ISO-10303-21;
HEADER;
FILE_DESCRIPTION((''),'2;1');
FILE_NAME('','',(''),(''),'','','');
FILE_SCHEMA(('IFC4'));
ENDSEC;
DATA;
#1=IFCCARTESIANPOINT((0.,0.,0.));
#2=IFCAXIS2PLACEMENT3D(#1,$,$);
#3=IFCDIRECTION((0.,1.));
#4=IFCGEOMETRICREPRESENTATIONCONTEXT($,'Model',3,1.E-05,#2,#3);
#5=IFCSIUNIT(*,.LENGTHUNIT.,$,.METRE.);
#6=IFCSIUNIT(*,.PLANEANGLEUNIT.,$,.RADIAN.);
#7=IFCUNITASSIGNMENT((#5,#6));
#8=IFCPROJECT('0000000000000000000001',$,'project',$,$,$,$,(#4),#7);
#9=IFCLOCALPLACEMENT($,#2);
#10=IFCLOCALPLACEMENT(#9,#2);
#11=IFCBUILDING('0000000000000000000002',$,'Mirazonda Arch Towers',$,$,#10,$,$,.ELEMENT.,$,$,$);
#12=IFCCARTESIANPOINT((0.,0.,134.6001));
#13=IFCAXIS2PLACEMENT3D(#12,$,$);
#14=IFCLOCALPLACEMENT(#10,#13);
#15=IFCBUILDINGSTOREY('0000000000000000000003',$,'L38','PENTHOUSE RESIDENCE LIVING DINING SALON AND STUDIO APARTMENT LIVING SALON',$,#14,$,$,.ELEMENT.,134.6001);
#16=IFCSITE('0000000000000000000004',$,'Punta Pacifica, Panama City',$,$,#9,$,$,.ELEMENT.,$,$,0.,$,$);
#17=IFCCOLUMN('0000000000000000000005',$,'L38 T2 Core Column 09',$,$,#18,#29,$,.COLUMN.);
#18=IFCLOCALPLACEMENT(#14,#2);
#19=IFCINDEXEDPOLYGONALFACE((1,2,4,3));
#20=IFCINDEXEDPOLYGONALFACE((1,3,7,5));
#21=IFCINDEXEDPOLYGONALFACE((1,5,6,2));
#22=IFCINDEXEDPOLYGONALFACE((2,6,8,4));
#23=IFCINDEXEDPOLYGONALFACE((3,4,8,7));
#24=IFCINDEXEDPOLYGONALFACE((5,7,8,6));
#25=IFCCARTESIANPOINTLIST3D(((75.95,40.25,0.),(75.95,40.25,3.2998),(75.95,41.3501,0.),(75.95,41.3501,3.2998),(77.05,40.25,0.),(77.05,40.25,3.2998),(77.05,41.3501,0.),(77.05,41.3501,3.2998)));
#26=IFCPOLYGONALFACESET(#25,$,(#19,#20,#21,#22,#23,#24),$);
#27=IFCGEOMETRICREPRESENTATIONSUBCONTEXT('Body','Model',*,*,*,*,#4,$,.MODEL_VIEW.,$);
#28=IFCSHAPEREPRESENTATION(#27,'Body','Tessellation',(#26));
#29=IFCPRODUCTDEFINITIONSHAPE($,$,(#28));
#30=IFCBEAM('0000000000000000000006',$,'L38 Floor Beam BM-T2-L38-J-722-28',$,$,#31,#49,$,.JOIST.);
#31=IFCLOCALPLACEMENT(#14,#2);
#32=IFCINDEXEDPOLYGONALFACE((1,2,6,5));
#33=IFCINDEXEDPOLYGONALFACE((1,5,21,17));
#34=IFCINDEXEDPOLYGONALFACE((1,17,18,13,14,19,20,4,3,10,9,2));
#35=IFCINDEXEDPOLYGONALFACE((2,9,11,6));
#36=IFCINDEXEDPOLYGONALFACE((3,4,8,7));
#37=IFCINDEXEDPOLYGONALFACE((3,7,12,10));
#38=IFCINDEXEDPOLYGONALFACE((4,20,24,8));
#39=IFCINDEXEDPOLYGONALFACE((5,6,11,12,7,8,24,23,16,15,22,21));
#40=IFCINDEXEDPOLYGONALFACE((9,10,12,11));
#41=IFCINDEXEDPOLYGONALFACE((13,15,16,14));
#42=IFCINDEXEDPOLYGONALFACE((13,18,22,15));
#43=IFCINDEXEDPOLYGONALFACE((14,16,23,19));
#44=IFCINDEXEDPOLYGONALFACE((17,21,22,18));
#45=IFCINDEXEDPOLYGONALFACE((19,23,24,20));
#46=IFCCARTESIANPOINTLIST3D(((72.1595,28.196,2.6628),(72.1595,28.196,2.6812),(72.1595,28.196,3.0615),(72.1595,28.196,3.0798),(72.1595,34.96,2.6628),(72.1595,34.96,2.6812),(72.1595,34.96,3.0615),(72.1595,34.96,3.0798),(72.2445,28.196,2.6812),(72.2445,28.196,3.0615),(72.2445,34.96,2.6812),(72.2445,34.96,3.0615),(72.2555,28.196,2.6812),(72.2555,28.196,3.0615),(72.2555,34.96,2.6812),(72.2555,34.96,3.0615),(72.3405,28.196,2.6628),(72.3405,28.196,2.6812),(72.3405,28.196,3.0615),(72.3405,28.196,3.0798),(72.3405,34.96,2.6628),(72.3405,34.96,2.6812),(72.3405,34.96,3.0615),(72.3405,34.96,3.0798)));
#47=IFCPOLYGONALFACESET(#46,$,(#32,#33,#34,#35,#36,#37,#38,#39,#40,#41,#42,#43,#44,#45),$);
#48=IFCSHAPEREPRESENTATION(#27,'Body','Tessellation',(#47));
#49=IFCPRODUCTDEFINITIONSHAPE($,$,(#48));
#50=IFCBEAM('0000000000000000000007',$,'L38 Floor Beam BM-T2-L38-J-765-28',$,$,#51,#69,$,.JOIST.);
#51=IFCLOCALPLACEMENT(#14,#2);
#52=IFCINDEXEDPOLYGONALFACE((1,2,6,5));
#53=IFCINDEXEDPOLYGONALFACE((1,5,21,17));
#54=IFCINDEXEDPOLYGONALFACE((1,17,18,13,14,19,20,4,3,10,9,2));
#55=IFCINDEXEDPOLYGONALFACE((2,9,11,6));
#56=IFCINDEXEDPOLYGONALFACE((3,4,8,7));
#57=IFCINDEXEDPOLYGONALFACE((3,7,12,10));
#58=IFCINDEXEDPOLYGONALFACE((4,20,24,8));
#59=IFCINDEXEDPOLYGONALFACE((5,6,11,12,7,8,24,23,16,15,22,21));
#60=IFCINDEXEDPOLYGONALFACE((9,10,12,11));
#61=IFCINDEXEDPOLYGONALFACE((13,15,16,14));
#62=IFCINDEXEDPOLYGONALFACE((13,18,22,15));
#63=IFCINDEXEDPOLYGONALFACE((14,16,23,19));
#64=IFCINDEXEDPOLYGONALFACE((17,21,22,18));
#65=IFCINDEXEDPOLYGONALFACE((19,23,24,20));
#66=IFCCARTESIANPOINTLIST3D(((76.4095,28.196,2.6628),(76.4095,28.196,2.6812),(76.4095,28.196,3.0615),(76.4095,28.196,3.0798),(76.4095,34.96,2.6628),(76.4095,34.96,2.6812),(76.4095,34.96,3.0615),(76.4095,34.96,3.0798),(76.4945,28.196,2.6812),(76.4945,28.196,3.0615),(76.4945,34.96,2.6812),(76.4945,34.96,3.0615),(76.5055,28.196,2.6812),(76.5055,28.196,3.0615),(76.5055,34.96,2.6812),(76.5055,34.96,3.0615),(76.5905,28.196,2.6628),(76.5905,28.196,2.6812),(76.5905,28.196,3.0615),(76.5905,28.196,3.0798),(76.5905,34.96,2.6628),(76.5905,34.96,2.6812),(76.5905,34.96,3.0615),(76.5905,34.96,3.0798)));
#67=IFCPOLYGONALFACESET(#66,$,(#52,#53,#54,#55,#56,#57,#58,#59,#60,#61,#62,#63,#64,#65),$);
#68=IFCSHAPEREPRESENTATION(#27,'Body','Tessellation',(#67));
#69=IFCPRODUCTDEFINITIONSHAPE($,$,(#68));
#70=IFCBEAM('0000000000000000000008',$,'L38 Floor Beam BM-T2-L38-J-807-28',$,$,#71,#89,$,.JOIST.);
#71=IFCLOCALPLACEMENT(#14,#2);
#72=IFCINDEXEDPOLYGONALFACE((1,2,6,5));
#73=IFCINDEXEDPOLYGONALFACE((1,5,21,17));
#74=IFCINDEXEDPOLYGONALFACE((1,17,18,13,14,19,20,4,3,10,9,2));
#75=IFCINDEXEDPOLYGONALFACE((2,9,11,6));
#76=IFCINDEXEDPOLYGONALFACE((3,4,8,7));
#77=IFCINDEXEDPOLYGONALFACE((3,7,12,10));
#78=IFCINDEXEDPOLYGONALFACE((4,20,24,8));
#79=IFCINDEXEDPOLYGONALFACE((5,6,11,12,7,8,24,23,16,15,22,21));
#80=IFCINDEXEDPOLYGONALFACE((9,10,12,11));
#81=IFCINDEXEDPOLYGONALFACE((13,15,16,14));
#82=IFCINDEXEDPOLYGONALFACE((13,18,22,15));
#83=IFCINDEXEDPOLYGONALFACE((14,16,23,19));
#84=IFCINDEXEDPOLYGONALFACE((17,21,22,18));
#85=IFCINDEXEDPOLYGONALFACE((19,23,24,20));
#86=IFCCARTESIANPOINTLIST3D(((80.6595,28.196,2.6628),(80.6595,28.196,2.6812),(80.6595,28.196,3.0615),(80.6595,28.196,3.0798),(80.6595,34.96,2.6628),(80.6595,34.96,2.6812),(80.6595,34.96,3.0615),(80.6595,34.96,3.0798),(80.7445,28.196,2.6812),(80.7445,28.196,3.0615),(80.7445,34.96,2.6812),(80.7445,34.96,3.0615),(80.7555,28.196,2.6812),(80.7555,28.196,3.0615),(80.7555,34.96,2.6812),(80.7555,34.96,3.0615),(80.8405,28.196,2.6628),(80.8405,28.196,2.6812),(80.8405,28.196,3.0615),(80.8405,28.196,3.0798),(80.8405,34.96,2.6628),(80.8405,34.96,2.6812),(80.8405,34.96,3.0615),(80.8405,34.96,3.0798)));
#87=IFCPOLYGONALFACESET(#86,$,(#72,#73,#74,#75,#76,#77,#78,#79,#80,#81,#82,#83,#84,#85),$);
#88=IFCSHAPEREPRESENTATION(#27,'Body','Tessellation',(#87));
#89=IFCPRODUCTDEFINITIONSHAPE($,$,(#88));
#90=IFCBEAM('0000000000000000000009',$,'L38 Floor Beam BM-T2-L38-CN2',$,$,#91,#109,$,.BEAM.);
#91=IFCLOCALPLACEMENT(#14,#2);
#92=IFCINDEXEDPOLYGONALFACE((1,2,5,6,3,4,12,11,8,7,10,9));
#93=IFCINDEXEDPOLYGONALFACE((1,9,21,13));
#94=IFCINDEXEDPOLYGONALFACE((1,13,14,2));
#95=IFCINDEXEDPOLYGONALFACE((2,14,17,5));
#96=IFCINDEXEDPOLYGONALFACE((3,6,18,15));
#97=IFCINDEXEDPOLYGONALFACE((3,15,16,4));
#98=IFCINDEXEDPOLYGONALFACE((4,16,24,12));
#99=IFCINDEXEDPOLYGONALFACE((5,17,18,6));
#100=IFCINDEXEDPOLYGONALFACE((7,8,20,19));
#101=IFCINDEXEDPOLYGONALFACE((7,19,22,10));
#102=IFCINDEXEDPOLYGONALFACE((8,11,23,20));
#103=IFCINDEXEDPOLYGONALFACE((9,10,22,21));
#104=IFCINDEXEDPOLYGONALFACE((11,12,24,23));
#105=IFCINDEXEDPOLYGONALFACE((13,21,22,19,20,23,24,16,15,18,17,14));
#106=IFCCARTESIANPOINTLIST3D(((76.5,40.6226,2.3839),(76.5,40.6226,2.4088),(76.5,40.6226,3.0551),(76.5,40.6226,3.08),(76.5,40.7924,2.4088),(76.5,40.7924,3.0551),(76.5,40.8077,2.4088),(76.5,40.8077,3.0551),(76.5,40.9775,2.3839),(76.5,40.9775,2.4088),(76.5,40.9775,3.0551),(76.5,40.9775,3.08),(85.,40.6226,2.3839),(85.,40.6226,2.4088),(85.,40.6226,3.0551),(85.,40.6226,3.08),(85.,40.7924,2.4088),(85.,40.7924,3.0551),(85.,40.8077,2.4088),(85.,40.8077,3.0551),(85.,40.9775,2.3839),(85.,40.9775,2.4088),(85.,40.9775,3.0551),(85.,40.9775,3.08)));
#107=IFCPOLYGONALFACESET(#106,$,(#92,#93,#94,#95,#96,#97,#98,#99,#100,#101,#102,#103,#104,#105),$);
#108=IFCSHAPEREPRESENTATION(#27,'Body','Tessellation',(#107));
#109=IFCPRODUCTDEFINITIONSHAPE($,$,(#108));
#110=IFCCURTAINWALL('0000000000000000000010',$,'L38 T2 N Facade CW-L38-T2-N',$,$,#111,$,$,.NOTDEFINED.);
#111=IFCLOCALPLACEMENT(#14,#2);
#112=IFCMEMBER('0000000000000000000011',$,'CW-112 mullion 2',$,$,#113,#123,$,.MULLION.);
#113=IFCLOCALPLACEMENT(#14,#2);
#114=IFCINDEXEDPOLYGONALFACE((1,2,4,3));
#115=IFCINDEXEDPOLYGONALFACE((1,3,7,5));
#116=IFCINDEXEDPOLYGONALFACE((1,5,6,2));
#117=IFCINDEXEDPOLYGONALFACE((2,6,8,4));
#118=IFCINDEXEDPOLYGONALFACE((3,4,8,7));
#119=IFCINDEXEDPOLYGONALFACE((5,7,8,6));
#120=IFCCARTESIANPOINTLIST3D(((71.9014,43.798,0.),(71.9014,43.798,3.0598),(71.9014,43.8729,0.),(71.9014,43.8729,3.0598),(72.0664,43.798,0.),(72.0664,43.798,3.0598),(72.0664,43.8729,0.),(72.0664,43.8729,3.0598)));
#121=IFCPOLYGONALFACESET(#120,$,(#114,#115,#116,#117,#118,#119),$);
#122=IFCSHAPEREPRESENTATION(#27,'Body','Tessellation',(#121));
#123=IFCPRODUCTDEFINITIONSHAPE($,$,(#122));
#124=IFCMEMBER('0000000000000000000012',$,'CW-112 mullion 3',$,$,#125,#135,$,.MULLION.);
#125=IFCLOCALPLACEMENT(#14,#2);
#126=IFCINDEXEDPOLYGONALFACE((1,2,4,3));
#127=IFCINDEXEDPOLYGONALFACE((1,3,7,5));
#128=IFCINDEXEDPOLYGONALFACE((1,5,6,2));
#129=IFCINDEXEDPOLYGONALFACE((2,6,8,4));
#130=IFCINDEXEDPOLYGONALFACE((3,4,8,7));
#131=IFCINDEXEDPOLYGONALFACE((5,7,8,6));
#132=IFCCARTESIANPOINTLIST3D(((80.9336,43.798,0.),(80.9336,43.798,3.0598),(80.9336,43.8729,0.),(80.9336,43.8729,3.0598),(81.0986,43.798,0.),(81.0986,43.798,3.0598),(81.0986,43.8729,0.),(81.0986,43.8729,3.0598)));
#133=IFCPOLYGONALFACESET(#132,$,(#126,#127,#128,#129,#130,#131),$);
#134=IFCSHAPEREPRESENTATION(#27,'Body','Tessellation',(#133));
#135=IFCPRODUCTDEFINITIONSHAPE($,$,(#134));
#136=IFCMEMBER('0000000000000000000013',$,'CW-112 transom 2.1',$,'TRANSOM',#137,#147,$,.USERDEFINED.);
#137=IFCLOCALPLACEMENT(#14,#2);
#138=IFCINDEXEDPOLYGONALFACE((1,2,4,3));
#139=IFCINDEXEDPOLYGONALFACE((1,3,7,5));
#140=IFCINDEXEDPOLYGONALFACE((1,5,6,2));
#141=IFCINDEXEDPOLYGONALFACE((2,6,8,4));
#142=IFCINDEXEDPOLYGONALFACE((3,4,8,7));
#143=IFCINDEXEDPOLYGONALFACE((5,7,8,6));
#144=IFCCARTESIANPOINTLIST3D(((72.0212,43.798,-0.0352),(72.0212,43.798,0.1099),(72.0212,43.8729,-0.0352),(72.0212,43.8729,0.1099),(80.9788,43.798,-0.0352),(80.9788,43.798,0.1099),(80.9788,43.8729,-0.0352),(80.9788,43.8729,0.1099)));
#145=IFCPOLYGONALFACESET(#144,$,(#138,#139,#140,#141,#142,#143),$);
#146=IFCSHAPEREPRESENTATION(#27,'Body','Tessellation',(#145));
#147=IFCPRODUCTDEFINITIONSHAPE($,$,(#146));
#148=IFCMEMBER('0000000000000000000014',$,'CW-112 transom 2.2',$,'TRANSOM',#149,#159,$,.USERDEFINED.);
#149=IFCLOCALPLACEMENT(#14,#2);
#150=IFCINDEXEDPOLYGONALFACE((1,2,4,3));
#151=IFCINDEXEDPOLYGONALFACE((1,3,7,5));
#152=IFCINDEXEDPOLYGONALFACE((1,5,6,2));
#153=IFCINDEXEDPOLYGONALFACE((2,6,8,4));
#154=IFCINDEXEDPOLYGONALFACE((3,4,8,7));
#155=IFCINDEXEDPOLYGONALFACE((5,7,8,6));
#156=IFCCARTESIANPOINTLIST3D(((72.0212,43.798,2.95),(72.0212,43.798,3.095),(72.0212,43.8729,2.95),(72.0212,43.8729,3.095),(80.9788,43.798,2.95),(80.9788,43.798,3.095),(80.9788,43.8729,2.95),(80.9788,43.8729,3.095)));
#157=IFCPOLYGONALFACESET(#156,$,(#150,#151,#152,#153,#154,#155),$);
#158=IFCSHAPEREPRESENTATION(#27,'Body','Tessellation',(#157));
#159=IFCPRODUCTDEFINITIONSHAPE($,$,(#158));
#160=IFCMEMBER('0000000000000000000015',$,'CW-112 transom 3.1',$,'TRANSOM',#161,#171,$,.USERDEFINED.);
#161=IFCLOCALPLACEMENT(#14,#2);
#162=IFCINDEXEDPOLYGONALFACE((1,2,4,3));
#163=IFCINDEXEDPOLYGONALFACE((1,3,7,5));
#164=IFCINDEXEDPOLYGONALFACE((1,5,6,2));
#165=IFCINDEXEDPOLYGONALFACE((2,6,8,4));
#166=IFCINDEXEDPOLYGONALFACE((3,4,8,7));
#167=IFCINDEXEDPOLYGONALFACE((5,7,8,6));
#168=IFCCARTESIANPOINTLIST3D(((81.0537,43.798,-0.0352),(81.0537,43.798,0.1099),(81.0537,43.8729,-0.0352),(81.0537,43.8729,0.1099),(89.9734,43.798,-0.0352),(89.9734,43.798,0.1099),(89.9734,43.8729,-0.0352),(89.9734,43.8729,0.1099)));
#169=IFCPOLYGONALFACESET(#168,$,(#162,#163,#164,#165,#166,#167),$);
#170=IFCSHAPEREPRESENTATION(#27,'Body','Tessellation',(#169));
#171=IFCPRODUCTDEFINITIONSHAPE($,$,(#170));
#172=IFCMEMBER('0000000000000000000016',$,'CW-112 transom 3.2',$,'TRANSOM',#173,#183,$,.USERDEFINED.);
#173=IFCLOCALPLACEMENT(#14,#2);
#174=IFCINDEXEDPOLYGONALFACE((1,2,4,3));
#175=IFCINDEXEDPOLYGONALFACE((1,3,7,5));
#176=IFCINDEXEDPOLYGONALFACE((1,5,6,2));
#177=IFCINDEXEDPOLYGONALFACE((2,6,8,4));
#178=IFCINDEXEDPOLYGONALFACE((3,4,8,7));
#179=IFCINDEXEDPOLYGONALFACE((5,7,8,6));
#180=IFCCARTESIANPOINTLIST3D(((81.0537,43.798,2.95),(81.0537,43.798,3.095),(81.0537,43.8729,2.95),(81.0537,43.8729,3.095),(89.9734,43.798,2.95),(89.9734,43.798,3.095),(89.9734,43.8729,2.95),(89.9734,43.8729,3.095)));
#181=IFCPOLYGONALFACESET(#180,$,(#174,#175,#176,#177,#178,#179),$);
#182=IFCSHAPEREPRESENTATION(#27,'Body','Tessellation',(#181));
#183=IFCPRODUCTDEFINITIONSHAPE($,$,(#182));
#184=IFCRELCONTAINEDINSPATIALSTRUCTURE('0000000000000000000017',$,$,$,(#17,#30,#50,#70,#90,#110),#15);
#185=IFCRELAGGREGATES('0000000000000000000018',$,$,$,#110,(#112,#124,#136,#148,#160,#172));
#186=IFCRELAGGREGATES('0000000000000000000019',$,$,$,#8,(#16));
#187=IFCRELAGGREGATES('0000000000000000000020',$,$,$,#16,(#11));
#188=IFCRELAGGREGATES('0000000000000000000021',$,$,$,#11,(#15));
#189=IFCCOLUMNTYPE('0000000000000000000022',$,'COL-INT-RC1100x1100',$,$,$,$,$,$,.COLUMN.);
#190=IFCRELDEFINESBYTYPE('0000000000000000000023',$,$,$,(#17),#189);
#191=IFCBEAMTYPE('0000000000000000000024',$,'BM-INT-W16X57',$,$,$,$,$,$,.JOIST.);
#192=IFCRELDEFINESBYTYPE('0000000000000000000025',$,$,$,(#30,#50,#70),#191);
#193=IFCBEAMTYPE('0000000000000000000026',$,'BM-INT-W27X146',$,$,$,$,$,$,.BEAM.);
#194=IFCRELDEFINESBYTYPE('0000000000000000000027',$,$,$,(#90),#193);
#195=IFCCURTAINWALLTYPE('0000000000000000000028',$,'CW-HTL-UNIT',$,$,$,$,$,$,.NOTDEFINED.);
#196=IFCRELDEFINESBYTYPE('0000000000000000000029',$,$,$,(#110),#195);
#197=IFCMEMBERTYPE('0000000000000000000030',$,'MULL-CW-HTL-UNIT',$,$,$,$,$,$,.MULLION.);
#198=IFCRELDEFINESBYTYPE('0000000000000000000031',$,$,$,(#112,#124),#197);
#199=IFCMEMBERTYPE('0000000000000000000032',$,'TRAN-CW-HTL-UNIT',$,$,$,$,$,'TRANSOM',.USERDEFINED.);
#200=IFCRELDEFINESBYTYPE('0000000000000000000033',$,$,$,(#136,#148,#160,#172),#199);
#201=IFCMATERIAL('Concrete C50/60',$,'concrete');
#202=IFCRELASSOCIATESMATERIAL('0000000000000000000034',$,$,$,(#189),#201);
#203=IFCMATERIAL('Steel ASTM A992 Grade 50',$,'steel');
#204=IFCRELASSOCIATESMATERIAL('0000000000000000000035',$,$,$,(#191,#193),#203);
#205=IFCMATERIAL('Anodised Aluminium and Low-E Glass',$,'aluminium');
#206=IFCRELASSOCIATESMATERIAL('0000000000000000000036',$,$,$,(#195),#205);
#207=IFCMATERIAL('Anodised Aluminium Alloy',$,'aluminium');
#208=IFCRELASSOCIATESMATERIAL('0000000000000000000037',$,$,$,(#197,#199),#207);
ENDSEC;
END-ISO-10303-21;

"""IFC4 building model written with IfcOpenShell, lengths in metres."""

from ifc_helpers import new_model, si_unit, direction, frame, origin, origin_2d, place, context, subcontext, project, spatial, rectangle, i_section, extrude, material, material_profile, profile_set, type_object, element, aggregate, save


model = new_model("IFC4")

# Units and contexts
model_context = context("Model", 3, precision=1e-05, world=origin(), true_north=direction((0.0, 1.0)))
body_context = subcontext(model_context, "Body", "Model", "MODEL_VIEW")
ifc_project = project(units=[si_unit("LENGTHUNIT", "METRE"), si_unit("PLANEANGLEUNIT", "RADIAN")], contexts=[model_context])

# Site, building, storey
site_placement = place(None, origin())
site = spatial("IfcSite", under=ifc_project, at=site_placement, Name="Punta Pacifica, Panama City", CompositionType="ELEMENT", RefElevation=0.0)
building_placement = place(site_placement, origin())
building = spatial("IfcBuilding", under=site, at=building_placement, Name="Mirazonda Arch Towers", CompositionType="ELEMENT")
storey_placement = place(building_placement, frame((0.0, 0.0, 134.6001)))
storey = spatial("IfcBuildingStorey", under=building, at=storey_placement, Name="L38", Description="PENTHOUSE RESIDENCE LIVING DINING SALON AND STUDIO APARTMENT LIVING SALON", CompositionType="ELEMENT", Elevation=134.6001)

# Column
ifc_material_1 = material(Name="Concrete C50/60", Category="concrete")
ifc_material_profile_1 = material_profile(ifc_material_1, rectangle(XDim=1.1001, YDim=1.1001, at=origin_2d()), Name="RC1100x1100")
ifc_profile_set_1 = profile_set([ifc_material_profile_1], Name="Concrete C50/60")
column_type = type_object("IfcColumnType", Name="COL-INT-RC1100x1100", PredefinedType="COLUMN", material=ifc_profile_set_1)
column_placement = place(storey_placement, frame((76.5, 40.8, 0.0), z_axis=(0.0, 0.0, 1.0), x_axis=(1.0, 0.0, 0.0)))
element("IfcColumn", 1, at=column_placement, inside=storey, type_object=column_type, Name="L38 T2 Core Column 09", PredefinedType="COLUMN", context=body_context, shape_type="SweptSolid", body=[
    extrude(rectangle(XDim=1.1001, YDim=1.1001, at=origin_2d()), origin(), (0.0, 0.0, 1.0), 3.2998),
])

# Beams
ifc_material_2 = material(Name="Steel ASTM A992 Grade 50", Category="steel")
ifc_material_profile_2 = material_profile(ifc_material_2, i_section(OverallWidth=0.1809, OverallDepth=0.417, WebThickness=0.011, FlangeThickness=0.0183, at=origin_2d()), Name="W16X57")
ifc_profile_set_2 = profile_set([ifc_material_profile_2], Name="Steel ASTM A992 Grade 50")
beam_type_1 = type_object("IfcBeamType", Name="BM-INT-W16X57", PredefinedType="JOIST", material=ifc_profile_set_2)
for number, where, z_axis, x_axis, name in (
    (2, (72.25, 28.196, 2.8713), (0.0, 1.0, 0.0), (-1.0, 0.0, 0.0), "L38 Floor Beam BM-T2-L38-J-722-28"),
    (3, (76.5, 28.196, 2.8713), (0.0, 1.0, 0.0), (-1.0, 0.0, 0.0), "L38 Floor Beam BM-T2-L38-J-765-28"),
    (4, (80.75, 28.196, 2.8713), (0.0, 1.0, 0.0), (-1.0, 0.0, 0.0), "L38 Floor Beam BM-T2-L38-J-807-28"),
):
    element("IfcBeam", number, at=place(storey_placement, frame(where, z_axis=z_axis, x_axis=x_axis)), inside=storey, type_object=beam_type_1, Name=name, PredefinedType="JOIST", context=body_context, shape_type="SweptSolid", body=[
        extrude(i_section(OverallWidth=0.1809, OverallDepth=0.417, WebThickness=0.011, FlangeThickness=0.0183, at=origin_2d()), origin(), (0.0, 0.0, 1.0), 6.7639),
    ])
ifc_material_profile_3 = material_profile(ifc_material_2, i_section(OverallWidth=0.355, OverallDepth=0.696, WebThickness=0.0154, FlangeThickness=0.0249, at=origin_2d()), Name="W27X146")
ifc_profile_set_3 = profile_set([ifc_material_profile_3], Name="Steel ASTM A992 Grade 50")
beam_type_2 = type_object("IfcBeamType", Name="BM-INT-W27X146", PredefinedType="BEAM", material=ifc_profile_set_3)
beam_placement = place(storey_placement, frame((76.5, 40.8, 2.7319), z_axis=(1.0, 0.0, 0.0), x_axis=(0.0, 1.0, 0.0)))
element("IfcBeam", 5, at=beam_placement, inside=storey, type_object=beam_type_2, Name="L38 Floor Beam BM-T2-L38-CN2", PredefinedType="BEAM", context=body_context, shape_type="SweptSolid", body=[
    extrude(i_section(OverallWidth=0.355, OverallDepth=0.696, WebThickness=0.0154, FlangeThickness=0.0249, at=origin_2d()), origin(), (0.0, 0.0, 1.0), 8.5),
])

# Curtain wall, members
ifc_material_3 = material(Name="Anodised Aluminium and Low-E Glass", Category="aluminium")
curtain_wall_type = type_object("IfcCurtainWallType", Name="CW-HTL-UNIT", PredefinedType="NOTDEFINED", material=ifc_material_3)
curtain_wall_placement = place(storey_placement, origin())
curtain_wall = element("IfcCurtainWall", 6, at=curtain_wall_placement, inside=storey, type_object=curtain_wall_type, Name="L38 T2 N Facade CW-L38-T2-N", PredefinedType="NOTDEFINED")
ifc_material_4 = material(Name="Anodised Aluminium Alloy", Category="aluminium")
ifc_material_profile_4 = material_profile(ifc_material_4, rectangle(XDim=0.075, YDim=0.165, at=origin_2d()), Name="ALU-MULL-75x165")
ifc_profile_set_4 = profile_set([ifc_material_profile_4], Name="Anodised Aluminium Alloy")
member_type_1 = type_object("IfcMemberType", Name="MULL-CW-HTL-UNIT", PredefinedType="MULLION", material=ifc_profile_set_4)
member_1_placement = place(storey_placement, frame((71.9839, 43.8354, 0.0), z_axis=(0.0, 0.0, 1.0), x_axis=(0.0, 1.0, 0.0)))
member_1 = element("IfcMember", 7, at=member_1_placement, type_object=member_type_1, Name="CW-112 mullion 2", PredefinedType="MULLION", context=body_context, shape_type="SweptSolid", body=[
    extrude(rectangle(XDim=0.075, YDim=0.165, at=origin_2d()), origin(), (0.0, 0.0, 1.0), 3.0598),
])
member_2_placement = place(storey_placement, frame((81.0161, 43.8354, 0.0), z_axis=(0.0, 0.0, 1.0), x_axis=(0.0, 1.0, 0.0)))
member_2 = element("IfcMember", 8, at=member_2_placement, type_object=member_type_1, Name="CW-112 mullion 3", PredefinedType="MULLION", context=body_context, shape_type="SweptSolid", body=[
    extrude(rectangle(XDim=0.075, YDim=0.165, at=origin_2d()), origin(), (0.0, 0.0, 1.0), 3.0598),
])
ifc_material_profile_5 = material_profile(ifc_material_4, rectangle(XDim=0.075, YDim=0.145, at=origin_2d()), Name="ALU-TRAN-75x145")
ifc_profile_set_5 = profile_set([ifc_material_profile_5], Name="Anodised Aluminium Alloy")
member_type_2 = type_object("IfcMemberType", Name="TRAN-CW-HTL-UNIT", ElementType="TRANSOM", PredefinedType="USERDEFINED", material=ifc_profile_set_5)
member_3_placement = place(storey_placement, frame((72.0212, 43.8354, 0.0374), z_axis=(1.0, 0.0, 0.0), x_axis=(0.0, 1.0, 0.0)))
member_3 = element("IfcMember", 9, at=member_3_placement, type_object=member_type_2, Name="CW-112 transom 2.1", ObjectType="TRANSOM", PredefinedType="USERDEFINED", context=body_context, shape_type="SweptSolid", body=[
    extrude(rectangle(XDim=0.075, YDim=0.145, at=origin_2d()), origin(), (0.0, 0.0, 1.0), 8.9575),
])
member_4_placement = place(storey_placement, frame((72.0212, 43.8354, 3.0225), z_axis=(1.0, 0.0, 0.0), x_axis=(0.0, 1.0, 0.0)))
member_4 = element("IfcMember", 10, at=member_4_placement, type_object=member_type_2, Name="CW-112 transom 2.2", ObjectType="TRANSOM", PredefinedType="USERDEFINED", context=body_context, shape_type="SweptSolid", body=[
    extrude(rectangle(XDim=0.075, YDim=0.145, at=origin_2d()), origin(), (0.0, 0.0, 1.0), 8.9575),
])
member_5_placement = place(storey_placement, frame((81.0537, 43.8354, 0.0374), z_axis=(1.0, 0.0, 0.0), x_axis=(0.0, 1.0, 0.0)))
member_5 = element("IfcMember", 11, at=member_5_placement, type_object=member_type_2, Name="CW-112 transom 3.1", ObjectType="TRANSOM", PredefinedType="USERDEFINED", context=body_context, shape_type="SweptSolid", body=[
    extrude(rectangle(XDim=0.075, YDim=0.145, at=origin_2d()), origin(), (0.0, 0.0, 1.0), 8.9197),
])
member_6_placement = place(storey_placement, frame((81.0537, 43.8354, 3.0225), z_axis=(1.0, 0.0, 0.0), x_axis=(0.0, 1.0, 0.0)))
member_6 = element("IfcMember", 12, at=member_6_placement, type_object=member_type_2, Name="CW-112 transom 3.2", ObjectType="TRANSOM", PredefinedType="USERDEFINED", context=body_context, shape_type="SweptSolid", body=[
    extrude(rectangle(XDim=0.075, YDim=0.145, at=origin_2d()), origin(), (0.0, 0.0, 1.0), 8.9197),
])
aggregate(curtain_wall, [member_1, member_2, member_3, member_4, member_5, member_6])

save(model, "model.ifc")
